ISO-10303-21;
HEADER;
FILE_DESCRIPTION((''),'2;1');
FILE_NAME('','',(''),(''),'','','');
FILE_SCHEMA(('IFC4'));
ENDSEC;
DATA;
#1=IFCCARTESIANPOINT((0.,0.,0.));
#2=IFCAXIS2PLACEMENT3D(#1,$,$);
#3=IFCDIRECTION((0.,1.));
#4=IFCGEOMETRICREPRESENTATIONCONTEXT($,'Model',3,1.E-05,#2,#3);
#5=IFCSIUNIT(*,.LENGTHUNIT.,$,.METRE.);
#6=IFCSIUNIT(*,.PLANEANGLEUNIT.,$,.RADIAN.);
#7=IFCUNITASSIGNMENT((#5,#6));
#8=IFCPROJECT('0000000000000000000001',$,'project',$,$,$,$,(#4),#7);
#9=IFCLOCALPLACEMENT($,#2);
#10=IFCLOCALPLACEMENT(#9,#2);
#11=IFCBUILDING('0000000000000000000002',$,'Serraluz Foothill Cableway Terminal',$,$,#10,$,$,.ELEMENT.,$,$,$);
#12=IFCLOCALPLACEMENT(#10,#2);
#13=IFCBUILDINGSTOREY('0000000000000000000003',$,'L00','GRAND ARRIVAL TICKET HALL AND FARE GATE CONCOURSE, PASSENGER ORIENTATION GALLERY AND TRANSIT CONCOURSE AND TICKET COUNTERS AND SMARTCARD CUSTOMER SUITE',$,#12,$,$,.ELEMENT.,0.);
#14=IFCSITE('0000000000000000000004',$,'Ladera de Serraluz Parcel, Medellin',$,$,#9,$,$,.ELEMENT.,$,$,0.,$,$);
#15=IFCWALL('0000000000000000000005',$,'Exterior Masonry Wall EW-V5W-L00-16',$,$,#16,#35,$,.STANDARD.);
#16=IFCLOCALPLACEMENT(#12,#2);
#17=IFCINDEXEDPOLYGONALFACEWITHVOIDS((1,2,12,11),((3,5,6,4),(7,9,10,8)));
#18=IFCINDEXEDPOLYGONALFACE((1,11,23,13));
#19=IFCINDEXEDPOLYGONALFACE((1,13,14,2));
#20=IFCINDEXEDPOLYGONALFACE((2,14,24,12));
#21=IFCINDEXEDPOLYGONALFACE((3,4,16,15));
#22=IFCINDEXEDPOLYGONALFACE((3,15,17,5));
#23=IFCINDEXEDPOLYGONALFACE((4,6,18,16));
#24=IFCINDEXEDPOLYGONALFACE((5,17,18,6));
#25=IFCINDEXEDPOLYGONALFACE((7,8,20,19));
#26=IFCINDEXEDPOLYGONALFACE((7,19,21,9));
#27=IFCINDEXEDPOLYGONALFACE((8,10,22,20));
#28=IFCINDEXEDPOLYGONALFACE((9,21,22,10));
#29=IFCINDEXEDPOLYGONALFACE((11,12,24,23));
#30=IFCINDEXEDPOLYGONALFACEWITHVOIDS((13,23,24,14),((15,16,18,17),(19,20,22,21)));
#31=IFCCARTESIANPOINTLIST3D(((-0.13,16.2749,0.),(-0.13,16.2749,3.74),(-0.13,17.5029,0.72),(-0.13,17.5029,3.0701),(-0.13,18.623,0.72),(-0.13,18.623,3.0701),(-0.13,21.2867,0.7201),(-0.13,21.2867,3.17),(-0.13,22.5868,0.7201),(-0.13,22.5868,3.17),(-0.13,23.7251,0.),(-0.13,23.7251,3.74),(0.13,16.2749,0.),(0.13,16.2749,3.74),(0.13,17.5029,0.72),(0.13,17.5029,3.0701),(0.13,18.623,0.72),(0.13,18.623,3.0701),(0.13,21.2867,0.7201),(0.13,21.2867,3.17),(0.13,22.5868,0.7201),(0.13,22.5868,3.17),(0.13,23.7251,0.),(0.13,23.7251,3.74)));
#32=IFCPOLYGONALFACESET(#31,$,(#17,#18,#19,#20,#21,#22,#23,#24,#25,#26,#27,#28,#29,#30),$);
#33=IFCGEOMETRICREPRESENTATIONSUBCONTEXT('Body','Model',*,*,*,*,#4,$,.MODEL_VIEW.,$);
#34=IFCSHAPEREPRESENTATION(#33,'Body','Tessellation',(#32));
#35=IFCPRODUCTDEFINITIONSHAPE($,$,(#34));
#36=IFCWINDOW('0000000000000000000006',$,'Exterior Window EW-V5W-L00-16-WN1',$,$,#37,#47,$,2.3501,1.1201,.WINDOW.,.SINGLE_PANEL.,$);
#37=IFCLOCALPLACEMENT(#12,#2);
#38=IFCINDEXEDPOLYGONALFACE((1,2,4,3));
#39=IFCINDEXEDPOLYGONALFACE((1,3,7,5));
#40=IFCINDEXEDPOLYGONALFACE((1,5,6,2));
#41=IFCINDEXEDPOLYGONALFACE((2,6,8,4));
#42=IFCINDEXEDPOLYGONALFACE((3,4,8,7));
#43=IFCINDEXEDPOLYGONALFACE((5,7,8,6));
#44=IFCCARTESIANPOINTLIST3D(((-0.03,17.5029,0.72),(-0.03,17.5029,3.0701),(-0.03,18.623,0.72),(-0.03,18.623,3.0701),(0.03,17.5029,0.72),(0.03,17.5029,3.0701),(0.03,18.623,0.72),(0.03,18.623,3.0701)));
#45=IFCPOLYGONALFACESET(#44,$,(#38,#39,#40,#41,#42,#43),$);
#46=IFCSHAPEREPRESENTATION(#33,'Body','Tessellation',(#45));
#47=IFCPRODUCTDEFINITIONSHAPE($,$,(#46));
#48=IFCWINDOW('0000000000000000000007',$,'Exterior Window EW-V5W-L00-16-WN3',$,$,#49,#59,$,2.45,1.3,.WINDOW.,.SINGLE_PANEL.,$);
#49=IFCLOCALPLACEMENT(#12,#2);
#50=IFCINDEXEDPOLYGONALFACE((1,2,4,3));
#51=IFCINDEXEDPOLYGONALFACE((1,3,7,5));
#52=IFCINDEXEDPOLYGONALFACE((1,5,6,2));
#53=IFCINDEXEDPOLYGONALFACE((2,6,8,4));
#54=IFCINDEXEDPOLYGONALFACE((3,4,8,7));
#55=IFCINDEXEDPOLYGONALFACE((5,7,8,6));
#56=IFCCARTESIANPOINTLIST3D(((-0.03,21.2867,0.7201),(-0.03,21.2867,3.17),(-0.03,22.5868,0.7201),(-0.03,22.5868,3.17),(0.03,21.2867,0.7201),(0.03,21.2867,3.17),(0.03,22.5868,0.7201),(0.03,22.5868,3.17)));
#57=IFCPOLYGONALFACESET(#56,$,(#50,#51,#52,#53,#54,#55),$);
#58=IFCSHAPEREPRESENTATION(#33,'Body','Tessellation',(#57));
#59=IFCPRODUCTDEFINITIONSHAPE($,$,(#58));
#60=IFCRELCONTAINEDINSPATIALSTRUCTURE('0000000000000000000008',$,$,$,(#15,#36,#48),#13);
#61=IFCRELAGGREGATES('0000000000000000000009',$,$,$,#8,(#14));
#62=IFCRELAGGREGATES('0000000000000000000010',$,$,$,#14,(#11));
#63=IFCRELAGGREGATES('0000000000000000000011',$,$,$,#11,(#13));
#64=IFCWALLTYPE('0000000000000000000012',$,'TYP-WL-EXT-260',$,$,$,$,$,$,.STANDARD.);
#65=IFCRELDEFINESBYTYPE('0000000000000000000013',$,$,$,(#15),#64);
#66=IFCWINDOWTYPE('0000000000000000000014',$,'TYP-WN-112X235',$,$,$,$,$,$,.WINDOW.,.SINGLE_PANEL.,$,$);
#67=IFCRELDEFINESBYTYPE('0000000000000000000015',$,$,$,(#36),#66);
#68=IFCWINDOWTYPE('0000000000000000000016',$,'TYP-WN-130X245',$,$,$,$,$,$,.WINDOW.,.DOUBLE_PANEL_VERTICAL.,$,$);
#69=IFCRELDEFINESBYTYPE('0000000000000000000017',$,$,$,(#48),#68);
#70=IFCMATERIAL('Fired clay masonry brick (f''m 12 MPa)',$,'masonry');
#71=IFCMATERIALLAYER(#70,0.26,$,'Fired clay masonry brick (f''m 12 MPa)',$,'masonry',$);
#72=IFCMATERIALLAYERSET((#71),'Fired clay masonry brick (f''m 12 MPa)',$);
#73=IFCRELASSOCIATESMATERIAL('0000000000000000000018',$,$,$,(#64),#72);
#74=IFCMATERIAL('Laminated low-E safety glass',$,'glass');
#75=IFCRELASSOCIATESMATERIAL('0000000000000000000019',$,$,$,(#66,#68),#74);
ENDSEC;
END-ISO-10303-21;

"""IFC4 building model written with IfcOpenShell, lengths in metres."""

from ifc_helpers import new_model, si_unit, direction, frame, frame_2d, origin, place, context, subcontext, project, spatial, rectangle, extrude, material, layer, layer_set, type_object, element, fill, save


model = new_model("IFC4")

# Units and contexts
model_context = context("Model", 3, precision=1e-05, world=origin(), true_north=direction((0.0, 1.0)))
body_context = subcontext(model_context, "Body", "Model", "MODEL_VIEW")
ifc_project = project(units=[si_unit("LENGTHUNIT", "METRE"), si_unit("PLANEANGLEUNIT", "RADIAN")], contexts=[model_context])

# Site, building, storey
site_placement = place(None, origin())
site = spatial("IfcSite", under=ifc_project, at=site_placement, Name="Ladera de Serraluz Parcel, Medellin", CompositionType="ELEMENT", RefElevation=0.0)
building_placement = place(site_placement, origin())
building = spatial("IfcBuilding", under=site, at=building_placement, Name="Serraluz Foothill Cableway Terminal", CompositionType="ELEMENT")
storey_placement = place(building_placement, origin())
storey = spatial("IfcBuildingStorey", under=building, at=storey_placement, Name="L00", Description="GRAND ARRIVAL TICKET HALL AND FARE GATE CONCOURSE, PASSENGER ORIENTATION GALLERY AND TRANSIT CONCOURSE AND TICKET COUNTERS AND SMARTCARD CUSTOMER SUITE", CompositionType="ELEMENT", Elevation=0.0)

# Shared definitions
ifc_material_1 = material(Name="Fired clay masonry brick (f'm 12 MPa)", Category="masonry")

# Wall, openings, windows
ifc_layer = layer(ifc_material_1, 0.26, Name="Fired clay masonry brick (f'm 12 MPa)", Category="masonry")
ifc_layer_set = layer_set([ifc_layer], Name="Fired clay masonry brick (f'm 12 MPa)")
wall_type = type_object("IfcWallType", Name="TYP-WL-EXT-260", PredefinedType="STANDARD", material=ifc_layer_set)
wall_placement = place(storey_placement, frame((0.0, 16.2749, 0.0), z_axis=(0.0, 0.0, 1.0), x_axis=(0.0, 1.0, 0.0)))
wall = element("IfcWall", 1, at=wall_placement, inside=storey, type_object=wall_type, Name="Exterior Masonry Wall EW-V5W-L00-16", PredefinedType="STANDARD", context=body_context, shape_type="SweptSolid", body=[
    extrude(rectangle(XDim=7.4502, YDim=0.26, at=frame_2d((3.7251, 0.0))), origin(), (0.0, 0.0, 1.0), 3.74),
])
opening_1_placement = place(wall_placement, frame((1.228, 0.0, 0.72)))
opening_1 = element("IfcOpeningElement", 2, at=opening_1_placement, cuts=wall, PredefinedType="OPENING", context=body_context, shape_type="SweptSolid", body=[
    extrude(rectangle(XDim=1.1201, YDim=2.3501, at=frame_2d((0.5601, 1.175))), frame((0.0, 0.1401, 0.0), z_axis=(0.0, -1.0, 0.0), x_axis=(1.0, 0.0, 0.0)), (0.0, 0.0, 1.0), 0.28),
])
opening_2_placement = place(wall_placement, frame((5.012, 0.0, 0.72)))
opening_2 = element("IfcOpeningElement", 3, at=opening_2_placement, cuts=wall, PredefinedType="OPENING", context=body_context, shape_type="SweptSolid", body=[
    extrude(rectangle(XDim=1.3, YDim=2.45, at=frame_2d((0.6499, 1.2251))), frame((0.0, 0.1401, 0.0), z_axis=(0.0, -1.0, 0.0), x_axis=(1.0, 0.0, 0.0)), (0.0, 0.0, 1.0), 0.28),
])
ifc_material_2 = material(Name="Laminated low-E safety glass", Category="glass")
window_type_1 = type_object("IfcWindowType", Name="TYP-WN-112X235", PartitioningType="SINGLE_PANEL", PredefinedType="WINDOW", material=ifc_material_2)
window_1_placement = place(opening_1_placement, origin())
window_1 = element("IfcWindow", 4, at=window_1_placement, inside=storey, type_object=window_type_1, Name="Exterior Window EW-V5W-L00-16-WN1", OverallHeight=2.3501, OverallWidth=1.1201, PartitioningType="SINGLE_PANEL", PredefinedType="WINDOW", context=body_context, shape_type="SweptSolid", body=[
    extrude(rectangle(XDim=1.1201, YDim=2.3501, at=frame_2d((0.5601, 1.175))), frame((0.0, 0.03, 0.0), z_axis=(0.0, -1.0, 0.0), x_axis=(1.0, 0.0, 0.0)), (0.0, 0.0, 1.0), 0.0601),
])
fill(opening_1, window_1)
window_type_2 = type_object("IfcWindowType", Name="TYP-WN-130X245", PartitioningType="DOUBLE_PANEL_VERTICAL", PredefinedType="WINDOW", material=ifc_material_2)
window_2_placement = place(opening_2_placement, origin())
window_2 = element("IfcWindow", 5, at=window_2_placement, inside=storey, type_object=window_type_2, Name="Exterior Window EW-V5W-L00-16-WN3", OverallHeight=2.45, OverallWidth=1.3, PartitioningType="SINGLE_PANEL", PredefinedType="WINDOW", context=body_context, shape_type="SweptSolid", body=[
    extrude(rectangle(XDim=1.3, YDim=2.45, at=frame_2d((0.6499, 1.2251))), frame((0.0, 0.03, 0.0), z_axis=(0.0, -1.0, 0.0), x_axis=(1.0, 0.0, 0.0)), (0.0, 0.0, 1.0), 0.0601),
])
fill(opening_2, window_2)

save(model, "model.ifc")
